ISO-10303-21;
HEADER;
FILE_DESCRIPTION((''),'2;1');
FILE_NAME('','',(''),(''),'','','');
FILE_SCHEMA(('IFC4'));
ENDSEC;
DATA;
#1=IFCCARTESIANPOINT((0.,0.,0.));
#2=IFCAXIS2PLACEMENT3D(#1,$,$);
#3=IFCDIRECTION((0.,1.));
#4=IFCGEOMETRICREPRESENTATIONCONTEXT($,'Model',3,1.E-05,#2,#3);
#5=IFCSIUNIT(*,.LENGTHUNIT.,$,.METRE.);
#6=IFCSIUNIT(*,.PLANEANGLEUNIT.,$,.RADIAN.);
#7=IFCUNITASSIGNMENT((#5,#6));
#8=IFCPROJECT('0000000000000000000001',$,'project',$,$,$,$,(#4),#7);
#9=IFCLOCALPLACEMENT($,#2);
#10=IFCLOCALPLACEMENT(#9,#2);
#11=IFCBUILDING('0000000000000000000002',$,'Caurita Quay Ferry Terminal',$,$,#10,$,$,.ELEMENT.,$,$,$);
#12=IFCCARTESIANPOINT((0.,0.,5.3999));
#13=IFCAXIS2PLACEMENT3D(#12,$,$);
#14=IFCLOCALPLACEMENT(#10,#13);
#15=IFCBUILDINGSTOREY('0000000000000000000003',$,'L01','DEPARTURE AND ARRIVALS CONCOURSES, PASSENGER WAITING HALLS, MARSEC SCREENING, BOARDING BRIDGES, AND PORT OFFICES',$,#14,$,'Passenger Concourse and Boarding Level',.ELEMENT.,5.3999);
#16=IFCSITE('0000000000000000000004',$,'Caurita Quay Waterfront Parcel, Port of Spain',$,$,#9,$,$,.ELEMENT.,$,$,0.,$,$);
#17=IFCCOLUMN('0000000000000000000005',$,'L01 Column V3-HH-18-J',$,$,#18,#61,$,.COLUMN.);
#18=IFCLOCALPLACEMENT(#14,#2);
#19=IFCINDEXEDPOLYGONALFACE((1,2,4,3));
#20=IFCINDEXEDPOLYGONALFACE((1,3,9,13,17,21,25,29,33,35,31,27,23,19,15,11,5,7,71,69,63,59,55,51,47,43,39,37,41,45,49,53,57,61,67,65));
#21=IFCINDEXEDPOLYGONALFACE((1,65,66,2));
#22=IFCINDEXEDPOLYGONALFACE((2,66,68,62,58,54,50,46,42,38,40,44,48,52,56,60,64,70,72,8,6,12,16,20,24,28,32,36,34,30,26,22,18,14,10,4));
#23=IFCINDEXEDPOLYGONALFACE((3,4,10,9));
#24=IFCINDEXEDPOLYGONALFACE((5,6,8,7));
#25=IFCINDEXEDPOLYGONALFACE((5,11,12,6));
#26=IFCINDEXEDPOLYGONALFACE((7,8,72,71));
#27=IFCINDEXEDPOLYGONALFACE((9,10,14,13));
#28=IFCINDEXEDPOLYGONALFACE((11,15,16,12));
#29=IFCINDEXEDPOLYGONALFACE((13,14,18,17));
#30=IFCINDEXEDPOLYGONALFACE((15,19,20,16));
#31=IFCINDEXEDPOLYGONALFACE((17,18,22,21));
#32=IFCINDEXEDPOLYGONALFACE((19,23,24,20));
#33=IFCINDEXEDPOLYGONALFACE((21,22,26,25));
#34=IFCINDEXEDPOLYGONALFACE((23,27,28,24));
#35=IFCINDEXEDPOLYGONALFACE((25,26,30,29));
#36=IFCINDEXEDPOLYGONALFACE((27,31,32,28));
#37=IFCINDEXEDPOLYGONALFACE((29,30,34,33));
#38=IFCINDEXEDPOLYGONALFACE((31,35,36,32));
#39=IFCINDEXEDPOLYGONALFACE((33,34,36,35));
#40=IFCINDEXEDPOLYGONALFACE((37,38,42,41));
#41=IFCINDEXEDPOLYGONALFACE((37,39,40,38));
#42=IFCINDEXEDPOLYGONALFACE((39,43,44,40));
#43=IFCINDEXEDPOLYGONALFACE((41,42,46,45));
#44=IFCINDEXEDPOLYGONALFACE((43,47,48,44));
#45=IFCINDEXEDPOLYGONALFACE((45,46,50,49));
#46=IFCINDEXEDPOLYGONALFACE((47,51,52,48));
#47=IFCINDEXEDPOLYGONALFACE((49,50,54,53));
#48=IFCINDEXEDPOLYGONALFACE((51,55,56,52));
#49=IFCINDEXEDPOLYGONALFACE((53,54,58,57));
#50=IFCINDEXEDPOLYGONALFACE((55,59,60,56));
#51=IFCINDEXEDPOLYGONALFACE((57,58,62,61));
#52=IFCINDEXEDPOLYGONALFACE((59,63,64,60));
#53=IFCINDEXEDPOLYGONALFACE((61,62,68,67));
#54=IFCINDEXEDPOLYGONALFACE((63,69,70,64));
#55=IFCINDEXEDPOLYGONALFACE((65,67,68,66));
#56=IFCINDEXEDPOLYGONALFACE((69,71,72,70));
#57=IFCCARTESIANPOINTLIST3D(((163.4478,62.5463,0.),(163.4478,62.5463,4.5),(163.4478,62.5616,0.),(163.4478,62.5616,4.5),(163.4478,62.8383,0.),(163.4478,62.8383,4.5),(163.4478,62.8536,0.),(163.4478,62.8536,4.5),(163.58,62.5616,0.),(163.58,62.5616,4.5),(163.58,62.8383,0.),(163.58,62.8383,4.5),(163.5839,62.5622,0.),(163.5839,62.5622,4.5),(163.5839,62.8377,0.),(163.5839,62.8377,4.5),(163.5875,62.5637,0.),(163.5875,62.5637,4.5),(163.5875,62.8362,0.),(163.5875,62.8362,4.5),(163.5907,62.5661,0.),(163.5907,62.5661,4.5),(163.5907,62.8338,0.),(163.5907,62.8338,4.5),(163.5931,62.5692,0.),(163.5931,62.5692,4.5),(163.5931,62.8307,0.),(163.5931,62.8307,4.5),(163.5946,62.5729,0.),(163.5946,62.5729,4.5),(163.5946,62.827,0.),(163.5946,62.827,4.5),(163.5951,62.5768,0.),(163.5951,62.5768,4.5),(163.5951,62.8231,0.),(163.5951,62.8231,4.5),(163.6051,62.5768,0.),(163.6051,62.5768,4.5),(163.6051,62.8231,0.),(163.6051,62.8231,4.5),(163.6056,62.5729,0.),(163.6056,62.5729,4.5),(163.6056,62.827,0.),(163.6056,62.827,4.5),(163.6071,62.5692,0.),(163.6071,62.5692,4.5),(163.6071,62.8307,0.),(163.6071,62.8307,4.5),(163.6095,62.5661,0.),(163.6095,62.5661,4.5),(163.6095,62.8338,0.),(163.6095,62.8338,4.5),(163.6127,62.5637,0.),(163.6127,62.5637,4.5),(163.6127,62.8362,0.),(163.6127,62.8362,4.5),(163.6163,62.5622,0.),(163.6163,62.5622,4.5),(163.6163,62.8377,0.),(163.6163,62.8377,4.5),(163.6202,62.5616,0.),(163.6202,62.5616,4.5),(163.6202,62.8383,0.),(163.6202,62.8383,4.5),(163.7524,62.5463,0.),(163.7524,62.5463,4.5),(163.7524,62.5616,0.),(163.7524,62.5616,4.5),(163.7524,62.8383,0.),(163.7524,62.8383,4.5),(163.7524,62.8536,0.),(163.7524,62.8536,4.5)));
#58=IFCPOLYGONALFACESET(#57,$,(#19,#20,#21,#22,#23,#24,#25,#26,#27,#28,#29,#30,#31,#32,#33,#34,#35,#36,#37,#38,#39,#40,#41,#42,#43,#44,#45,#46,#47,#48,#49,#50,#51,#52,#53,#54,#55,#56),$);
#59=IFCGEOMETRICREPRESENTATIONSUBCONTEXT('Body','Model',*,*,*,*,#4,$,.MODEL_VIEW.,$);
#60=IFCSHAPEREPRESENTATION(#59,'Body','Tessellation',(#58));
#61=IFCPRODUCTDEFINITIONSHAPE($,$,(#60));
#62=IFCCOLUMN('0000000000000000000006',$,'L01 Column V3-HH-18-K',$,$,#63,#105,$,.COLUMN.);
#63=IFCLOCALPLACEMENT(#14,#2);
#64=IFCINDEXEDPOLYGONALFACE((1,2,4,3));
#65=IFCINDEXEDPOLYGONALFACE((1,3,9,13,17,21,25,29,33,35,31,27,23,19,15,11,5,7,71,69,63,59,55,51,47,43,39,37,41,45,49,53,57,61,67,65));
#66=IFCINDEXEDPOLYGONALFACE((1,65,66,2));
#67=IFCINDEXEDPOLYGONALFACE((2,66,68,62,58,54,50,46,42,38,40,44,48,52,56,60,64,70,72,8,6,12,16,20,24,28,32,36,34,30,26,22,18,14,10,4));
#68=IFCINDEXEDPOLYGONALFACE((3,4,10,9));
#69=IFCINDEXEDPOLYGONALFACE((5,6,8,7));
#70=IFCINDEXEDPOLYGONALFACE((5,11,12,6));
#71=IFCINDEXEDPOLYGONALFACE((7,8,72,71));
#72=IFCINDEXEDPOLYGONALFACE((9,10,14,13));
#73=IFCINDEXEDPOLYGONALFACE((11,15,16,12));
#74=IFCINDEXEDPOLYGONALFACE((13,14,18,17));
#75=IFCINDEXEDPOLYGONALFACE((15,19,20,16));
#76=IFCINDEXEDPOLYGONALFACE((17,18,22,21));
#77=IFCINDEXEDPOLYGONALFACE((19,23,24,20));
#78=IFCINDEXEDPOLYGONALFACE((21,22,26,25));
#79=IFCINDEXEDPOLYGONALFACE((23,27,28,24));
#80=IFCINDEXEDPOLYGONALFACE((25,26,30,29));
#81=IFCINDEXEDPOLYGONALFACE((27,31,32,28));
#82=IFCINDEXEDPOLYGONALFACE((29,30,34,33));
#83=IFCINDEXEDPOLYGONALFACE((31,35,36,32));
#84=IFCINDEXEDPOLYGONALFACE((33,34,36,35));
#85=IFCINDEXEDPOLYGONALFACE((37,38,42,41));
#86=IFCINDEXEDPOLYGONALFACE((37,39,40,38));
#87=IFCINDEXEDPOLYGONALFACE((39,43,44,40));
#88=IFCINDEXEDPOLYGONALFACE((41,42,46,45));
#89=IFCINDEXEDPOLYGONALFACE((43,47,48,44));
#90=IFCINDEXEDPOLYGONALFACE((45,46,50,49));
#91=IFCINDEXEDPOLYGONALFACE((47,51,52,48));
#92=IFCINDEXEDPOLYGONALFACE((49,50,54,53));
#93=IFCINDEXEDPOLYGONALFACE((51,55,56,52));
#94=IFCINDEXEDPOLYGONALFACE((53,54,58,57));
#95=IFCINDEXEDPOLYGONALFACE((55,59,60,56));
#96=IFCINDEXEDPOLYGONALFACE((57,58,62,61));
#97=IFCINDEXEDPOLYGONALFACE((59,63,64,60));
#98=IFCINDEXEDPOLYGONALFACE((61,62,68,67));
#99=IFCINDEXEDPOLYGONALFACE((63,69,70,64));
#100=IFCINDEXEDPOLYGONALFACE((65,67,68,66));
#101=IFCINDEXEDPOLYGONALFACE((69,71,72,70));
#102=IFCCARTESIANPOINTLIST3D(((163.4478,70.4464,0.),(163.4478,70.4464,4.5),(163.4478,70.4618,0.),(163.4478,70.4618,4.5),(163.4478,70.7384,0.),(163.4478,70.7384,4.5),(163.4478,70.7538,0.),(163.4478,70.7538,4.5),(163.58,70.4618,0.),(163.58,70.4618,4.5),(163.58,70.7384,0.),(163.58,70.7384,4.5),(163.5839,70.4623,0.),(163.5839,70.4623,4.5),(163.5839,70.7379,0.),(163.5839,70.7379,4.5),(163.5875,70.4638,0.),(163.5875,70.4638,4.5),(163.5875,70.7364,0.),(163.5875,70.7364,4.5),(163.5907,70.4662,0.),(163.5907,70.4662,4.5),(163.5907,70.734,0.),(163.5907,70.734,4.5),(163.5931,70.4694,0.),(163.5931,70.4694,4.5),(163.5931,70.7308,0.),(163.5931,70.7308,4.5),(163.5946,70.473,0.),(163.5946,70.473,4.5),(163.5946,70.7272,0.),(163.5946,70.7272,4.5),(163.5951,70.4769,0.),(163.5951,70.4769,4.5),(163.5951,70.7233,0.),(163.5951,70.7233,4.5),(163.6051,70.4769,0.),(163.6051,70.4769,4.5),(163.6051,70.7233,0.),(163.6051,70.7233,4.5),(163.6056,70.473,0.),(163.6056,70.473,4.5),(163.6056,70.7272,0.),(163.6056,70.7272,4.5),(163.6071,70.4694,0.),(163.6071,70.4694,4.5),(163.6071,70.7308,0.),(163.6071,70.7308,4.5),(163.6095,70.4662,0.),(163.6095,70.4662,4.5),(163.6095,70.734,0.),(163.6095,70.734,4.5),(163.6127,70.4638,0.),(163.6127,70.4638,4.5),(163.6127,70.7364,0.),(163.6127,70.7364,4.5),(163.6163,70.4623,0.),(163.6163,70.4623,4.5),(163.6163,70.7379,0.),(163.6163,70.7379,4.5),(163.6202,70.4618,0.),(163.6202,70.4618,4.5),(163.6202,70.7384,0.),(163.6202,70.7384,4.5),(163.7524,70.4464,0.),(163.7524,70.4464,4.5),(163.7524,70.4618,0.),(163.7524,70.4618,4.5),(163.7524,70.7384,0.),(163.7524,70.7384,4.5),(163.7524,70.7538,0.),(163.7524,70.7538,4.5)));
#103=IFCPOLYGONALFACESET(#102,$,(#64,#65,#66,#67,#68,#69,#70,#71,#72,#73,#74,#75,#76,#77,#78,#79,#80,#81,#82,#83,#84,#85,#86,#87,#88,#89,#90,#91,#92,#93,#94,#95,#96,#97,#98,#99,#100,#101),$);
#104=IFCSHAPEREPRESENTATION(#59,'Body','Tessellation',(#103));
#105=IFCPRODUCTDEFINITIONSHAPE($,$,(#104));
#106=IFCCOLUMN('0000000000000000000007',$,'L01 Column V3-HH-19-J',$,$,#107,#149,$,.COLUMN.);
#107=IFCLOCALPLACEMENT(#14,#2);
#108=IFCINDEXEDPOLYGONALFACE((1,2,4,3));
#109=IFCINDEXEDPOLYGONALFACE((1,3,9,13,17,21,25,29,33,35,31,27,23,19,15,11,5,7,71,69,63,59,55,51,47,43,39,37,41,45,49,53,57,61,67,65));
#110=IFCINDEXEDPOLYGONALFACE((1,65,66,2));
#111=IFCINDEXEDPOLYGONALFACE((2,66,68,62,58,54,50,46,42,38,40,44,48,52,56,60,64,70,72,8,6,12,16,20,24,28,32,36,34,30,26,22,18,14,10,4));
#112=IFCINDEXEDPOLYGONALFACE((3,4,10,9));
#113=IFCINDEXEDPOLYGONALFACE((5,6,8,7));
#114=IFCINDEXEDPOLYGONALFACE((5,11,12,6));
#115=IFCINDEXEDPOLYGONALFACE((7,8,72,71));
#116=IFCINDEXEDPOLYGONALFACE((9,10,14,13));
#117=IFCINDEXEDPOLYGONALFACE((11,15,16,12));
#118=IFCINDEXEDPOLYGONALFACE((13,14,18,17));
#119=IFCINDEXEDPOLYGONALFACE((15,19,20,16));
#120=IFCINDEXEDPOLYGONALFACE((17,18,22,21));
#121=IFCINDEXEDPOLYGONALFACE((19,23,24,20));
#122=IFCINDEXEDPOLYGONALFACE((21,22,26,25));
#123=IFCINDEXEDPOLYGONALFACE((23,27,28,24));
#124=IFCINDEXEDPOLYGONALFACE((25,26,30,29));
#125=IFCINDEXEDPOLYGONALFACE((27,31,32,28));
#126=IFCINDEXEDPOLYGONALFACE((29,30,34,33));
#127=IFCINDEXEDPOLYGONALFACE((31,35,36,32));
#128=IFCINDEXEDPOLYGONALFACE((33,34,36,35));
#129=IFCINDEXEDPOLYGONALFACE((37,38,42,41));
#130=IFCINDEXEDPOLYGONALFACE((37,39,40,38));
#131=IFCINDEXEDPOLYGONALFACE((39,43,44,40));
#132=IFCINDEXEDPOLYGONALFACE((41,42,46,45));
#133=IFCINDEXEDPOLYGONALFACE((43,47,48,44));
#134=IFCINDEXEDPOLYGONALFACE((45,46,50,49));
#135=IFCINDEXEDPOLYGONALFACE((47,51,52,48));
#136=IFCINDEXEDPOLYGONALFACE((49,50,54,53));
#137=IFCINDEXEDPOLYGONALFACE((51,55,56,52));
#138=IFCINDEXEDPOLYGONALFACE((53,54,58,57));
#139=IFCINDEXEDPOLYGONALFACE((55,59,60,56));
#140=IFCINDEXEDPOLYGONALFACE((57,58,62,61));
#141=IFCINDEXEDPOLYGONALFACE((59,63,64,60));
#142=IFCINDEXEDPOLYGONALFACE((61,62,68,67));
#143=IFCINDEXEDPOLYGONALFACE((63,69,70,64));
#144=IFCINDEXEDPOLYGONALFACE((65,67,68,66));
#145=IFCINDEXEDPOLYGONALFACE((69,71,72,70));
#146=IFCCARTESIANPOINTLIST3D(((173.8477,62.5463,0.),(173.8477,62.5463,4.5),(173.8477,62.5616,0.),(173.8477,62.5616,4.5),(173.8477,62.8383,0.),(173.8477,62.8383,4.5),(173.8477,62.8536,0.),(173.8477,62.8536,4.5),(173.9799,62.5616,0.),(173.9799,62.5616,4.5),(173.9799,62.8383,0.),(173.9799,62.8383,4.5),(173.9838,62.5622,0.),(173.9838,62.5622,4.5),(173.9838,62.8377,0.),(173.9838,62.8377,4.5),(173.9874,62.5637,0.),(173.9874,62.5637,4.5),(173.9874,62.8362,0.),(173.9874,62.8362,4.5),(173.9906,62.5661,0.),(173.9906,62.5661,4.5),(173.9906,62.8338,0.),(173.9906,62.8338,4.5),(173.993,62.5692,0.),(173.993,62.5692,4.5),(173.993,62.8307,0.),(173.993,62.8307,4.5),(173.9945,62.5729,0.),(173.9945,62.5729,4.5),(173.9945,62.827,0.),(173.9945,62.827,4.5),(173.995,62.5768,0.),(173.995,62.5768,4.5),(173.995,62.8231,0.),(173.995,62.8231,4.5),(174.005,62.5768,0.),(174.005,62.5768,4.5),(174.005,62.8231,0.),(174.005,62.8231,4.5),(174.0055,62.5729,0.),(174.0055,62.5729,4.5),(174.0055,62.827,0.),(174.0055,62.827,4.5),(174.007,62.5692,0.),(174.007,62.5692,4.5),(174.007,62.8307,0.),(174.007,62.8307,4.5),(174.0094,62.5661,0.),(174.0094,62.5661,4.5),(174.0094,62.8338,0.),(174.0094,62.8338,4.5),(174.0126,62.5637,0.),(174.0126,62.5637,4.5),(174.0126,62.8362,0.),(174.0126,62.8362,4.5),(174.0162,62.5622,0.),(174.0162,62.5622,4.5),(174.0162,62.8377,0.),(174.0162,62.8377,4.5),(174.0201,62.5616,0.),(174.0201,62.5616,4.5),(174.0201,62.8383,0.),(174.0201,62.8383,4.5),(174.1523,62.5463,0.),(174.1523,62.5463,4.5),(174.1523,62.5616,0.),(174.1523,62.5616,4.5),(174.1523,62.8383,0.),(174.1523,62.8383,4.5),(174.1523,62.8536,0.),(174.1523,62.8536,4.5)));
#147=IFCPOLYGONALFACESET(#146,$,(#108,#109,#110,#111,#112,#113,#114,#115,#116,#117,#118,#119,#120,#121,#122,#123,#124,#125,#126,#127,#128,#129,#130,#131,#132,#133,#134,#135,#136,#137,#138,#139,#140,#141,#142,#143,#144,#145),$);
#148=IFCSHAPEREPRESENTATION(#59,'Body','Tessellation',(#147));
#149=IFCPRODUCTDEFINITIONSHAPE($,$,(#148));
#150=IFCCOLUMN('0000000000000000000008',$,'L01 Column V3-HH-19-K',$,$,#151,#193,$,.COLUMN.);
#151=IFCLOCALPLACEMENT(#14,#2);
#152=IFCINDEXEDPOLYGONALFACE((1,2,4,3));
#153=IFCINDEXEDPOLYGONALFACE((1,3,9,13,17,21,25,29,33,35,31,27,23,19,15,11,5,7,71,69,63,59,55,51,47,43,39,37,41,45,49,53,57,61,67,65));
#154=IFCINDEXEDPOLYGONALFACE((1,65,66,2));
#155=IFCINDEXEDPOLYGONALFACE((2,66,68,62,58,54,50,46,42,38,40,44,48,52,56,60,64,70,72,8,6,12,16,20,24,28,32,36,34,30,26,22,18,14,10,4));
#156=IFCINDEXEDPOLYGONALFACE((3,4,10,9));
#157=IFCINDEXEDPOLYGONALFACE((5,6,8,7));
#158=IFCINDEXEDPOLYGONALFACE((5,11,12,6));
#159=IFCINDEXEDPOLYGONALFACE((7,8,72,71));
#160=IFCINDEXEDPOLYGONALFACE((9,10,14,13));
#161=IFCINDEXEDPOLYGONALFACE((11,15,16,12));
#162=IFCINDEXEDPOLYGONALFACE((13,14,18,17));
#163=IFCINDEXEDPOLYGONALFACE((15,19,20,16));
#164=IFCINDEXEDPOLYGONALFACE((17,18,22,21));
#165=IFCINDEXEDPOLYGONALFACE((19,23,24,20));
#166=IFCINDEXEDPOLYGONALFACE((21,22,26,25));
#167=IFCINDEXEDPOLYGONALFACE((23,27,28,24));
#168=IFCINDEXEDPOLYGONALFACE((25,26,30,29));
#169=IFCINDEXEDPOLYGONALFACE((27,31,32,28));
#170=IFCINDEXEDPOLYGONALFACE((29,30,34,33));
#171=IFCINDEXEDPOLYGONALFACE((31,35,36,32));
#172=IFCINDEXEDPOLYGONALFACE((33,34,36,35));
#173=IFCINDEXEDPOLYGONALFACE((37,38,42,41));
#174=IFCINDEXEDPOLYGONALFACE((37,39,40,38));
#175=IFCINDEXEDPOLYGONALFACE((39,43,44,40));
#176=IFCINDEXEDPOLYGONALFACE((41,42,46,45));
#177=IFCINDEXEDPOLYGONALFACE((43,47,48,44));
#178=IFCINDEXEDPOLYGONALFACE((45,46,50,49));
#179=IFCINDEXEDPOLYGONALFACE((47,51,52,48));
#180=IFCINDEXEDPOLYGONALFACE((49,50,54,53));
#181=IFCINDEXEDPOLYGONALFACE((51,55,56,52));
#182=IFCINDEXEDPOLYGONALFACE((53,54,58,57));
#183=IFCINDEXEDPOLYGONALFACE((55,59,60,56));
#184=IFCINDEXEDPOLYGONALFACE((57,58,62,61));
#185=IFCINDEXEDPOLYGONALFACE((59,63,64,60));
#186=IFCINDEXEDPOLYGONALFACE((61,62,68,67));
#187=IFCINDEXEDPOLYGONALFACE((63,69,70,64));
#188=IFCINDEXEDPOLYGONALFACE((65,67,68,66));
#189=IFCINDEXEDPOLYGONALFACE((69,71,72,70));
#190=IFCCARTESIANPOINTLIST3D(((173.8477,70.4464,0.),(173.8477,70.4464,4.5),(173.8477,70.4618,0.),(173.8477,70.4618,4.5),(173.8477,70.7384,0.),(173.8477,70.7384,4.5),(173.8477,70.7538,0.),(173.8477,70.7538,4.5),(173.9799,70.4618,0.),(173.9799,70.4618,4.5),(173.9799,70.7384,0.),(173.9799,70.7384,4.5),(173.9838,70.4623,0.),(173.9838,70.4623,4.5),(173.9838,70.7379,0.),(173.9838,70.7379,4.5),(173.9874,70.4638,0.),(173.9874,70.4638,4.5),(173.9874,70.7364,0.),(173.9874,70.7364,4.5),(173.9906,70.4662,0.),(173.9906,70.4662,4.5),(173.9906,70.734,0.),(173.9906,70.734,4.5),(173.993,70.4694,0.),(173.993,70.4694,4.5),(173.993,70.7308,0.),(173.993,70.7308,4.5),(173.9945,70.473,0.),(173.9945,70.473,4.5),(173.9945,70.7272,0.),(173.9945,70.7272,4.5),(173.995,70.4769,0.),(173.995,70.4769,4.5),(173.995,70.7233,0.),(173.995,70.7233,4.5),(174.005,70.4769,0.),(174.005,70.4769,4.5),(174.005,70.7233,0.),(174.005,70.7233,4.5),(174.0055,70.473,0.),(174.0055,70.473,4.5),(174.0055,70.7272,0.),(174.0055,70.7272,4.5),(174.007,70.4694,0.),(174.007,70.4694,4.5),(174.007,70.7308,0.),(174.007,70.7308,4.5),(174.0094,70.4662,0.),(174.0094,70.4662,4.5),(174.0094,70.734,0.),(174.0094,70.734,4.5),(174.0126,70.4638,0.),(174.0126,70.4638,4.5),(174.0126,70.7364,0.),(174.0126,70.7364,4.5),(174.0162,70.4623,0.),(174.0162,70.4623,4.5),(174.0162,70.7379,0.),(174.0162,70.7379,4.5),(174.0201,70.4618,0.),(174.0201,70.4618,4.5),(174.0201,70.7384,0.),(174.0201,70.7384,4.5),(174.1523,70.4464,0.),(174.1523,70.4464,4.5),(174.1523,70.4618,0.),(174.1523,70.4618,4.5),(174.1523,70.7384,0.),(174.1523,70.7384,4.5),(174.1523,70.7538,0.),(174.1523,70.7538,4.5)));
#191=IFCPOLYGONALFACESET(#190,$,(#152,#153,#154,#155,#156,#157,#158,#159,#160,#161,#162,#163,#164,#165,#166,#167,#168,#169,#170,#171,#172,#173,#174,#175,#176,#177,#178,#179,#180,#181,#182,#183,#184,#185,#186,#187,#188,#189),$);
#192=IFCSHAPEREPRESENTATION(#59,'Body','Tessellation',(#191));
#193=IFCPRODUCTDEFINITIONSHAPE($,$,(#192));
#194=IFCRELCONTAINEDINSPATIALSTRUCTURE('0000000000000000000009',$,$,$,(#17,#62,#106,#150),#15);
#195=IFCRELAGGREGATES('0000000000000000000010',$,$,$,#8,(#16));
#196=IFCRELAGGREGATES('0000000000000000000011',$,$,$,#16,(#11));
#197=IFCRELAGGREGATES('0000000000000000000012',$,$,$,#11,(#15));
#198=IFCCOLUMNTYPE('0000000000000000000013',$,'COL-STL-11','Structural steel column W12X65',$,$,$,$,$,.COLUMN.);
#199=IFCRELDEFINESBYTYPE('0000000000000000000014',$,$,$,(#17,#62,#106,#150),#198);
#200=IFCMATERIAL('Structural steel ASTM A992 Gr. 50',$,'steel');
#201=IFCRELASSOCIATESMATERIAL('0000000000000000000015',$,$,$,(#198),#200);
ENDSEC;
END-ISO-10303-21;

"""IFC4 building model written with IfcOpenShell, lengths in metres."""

from ifc_helpers import new_model, si_unit, direction, frame, origin, origin_2d, place, context, subcontext, project, spatial, i_section, extrude, material, material_profile, profile_set, type_object, element, save


model = new_model("IFC4")

# Units and contexts
model_context = context("Model", 3, precision=1e-05, world=origin(), true_north=direction((0.0, 1.0)))
body_context = subcontext(model_context, "Body", "Model", "MODEL_VIEW")
ifc_project = project(units=[si_unit("LENGTHUNIT", "METRE"), si_unit("PLANEANGLEUNIT", "RADIAN")], contexts=[model_context])

# Site, building, storey
site_placement = place(None, origin())
site = spatial("IfcSite", under=ifc_project, at=site_placement, Name="Caurita Quay Waterfront Parcel, Port of Spain", CompositionType="ELEMENT", RefElevation=0.0)
building_placement = place(site_placement, origin())
building = spatial("IfcBuilding", under=site, at=building_placement, Name="Caurita Quay Ferry Terminal", CompositionType="ELEMENT")
storey_placement = place(building_placement, frame((0.0, 0.0, 5.3999)))
storey = spatial("IfcBuildingStorey", under=building, at=storey_placement, Name="L01", Description="DEPARTURE AND ARRIVALS CONCOURSES, PASSENGER WAITING HALLS, MARSEC SCREENING, BOARDING BRIDGES, AND PORT OFFICES", LongName="Passenger Concourse and Boarding Level", CompositionType="ELEMENT", Elevation=5.3999)

# Columns
ifc_material_1 = material(Name="Structural steel ASTM A992 Gr. 50", Category="steel")
ifc_material_profile_1 = material_profile(ifc_material_1, i_section(OverallWidth=0.3047, OverallDepth=0.3074, WebThickness=0.01, FlangeThickness=0.0154, FilletRadius=0.0151, at=origin_2d()), Name="W12X65")
ifc_profile_set_1 = profile_set([ifc_material_profile_1], Name="Structural steel ASTM A992 Gr. 50")
column_type = type_object("IfcColumnType", Name="COL-STL-11", Description="Structural steel column W12X65", PredefinedType="COLUMN", material=ifc_profile_set_1)
for number, where, z_axis, x_axis, name in (
    (1, (163.6001, 62.7, 0.0), (0.0, 0.0, 1.0), (1.0, 0.0, 0.0), "L01 Column V3-HH-18-J"),
    (2, (163.6001, 70.6001, 0.0), (0.0, 0.0, 1.0), (1.0, 0.0, 0.0), "L01 Column V3-HH-18-K"),
    (3, (174.0, 62.7, 0.0), (0.0, 0.0, 1.0), (1.0, 0.0, 0.0), "L01 Column V3-HH-19-J"),
    (4, (174.0, 70.6001, 0.0), (0.0, 0.0, 1.0), (1.0, 0.0, 0.0), "L01 Column V3-HH-19-K"),
):
    element("IfcColumn", number, at=place(storey_placement, frame(where, z_axis=z_axis, x_axis=x_axis)), inside=storey, type_object=column_type, Name=name, PredefinedType="COLUMN", context=body_context, shape_type="SweptSolid", body=[
        extrude(i_section(OverallWidth=0.3047, OverallDepth=0.3074, WebThickness=0.01, FlangeThickness=0.0154, FilletRadius=0.0151, at=origin_2d()), origin(), (0.0, 0.0, 1.0), 4.5),
    ])

save(model, "model.ifc")
